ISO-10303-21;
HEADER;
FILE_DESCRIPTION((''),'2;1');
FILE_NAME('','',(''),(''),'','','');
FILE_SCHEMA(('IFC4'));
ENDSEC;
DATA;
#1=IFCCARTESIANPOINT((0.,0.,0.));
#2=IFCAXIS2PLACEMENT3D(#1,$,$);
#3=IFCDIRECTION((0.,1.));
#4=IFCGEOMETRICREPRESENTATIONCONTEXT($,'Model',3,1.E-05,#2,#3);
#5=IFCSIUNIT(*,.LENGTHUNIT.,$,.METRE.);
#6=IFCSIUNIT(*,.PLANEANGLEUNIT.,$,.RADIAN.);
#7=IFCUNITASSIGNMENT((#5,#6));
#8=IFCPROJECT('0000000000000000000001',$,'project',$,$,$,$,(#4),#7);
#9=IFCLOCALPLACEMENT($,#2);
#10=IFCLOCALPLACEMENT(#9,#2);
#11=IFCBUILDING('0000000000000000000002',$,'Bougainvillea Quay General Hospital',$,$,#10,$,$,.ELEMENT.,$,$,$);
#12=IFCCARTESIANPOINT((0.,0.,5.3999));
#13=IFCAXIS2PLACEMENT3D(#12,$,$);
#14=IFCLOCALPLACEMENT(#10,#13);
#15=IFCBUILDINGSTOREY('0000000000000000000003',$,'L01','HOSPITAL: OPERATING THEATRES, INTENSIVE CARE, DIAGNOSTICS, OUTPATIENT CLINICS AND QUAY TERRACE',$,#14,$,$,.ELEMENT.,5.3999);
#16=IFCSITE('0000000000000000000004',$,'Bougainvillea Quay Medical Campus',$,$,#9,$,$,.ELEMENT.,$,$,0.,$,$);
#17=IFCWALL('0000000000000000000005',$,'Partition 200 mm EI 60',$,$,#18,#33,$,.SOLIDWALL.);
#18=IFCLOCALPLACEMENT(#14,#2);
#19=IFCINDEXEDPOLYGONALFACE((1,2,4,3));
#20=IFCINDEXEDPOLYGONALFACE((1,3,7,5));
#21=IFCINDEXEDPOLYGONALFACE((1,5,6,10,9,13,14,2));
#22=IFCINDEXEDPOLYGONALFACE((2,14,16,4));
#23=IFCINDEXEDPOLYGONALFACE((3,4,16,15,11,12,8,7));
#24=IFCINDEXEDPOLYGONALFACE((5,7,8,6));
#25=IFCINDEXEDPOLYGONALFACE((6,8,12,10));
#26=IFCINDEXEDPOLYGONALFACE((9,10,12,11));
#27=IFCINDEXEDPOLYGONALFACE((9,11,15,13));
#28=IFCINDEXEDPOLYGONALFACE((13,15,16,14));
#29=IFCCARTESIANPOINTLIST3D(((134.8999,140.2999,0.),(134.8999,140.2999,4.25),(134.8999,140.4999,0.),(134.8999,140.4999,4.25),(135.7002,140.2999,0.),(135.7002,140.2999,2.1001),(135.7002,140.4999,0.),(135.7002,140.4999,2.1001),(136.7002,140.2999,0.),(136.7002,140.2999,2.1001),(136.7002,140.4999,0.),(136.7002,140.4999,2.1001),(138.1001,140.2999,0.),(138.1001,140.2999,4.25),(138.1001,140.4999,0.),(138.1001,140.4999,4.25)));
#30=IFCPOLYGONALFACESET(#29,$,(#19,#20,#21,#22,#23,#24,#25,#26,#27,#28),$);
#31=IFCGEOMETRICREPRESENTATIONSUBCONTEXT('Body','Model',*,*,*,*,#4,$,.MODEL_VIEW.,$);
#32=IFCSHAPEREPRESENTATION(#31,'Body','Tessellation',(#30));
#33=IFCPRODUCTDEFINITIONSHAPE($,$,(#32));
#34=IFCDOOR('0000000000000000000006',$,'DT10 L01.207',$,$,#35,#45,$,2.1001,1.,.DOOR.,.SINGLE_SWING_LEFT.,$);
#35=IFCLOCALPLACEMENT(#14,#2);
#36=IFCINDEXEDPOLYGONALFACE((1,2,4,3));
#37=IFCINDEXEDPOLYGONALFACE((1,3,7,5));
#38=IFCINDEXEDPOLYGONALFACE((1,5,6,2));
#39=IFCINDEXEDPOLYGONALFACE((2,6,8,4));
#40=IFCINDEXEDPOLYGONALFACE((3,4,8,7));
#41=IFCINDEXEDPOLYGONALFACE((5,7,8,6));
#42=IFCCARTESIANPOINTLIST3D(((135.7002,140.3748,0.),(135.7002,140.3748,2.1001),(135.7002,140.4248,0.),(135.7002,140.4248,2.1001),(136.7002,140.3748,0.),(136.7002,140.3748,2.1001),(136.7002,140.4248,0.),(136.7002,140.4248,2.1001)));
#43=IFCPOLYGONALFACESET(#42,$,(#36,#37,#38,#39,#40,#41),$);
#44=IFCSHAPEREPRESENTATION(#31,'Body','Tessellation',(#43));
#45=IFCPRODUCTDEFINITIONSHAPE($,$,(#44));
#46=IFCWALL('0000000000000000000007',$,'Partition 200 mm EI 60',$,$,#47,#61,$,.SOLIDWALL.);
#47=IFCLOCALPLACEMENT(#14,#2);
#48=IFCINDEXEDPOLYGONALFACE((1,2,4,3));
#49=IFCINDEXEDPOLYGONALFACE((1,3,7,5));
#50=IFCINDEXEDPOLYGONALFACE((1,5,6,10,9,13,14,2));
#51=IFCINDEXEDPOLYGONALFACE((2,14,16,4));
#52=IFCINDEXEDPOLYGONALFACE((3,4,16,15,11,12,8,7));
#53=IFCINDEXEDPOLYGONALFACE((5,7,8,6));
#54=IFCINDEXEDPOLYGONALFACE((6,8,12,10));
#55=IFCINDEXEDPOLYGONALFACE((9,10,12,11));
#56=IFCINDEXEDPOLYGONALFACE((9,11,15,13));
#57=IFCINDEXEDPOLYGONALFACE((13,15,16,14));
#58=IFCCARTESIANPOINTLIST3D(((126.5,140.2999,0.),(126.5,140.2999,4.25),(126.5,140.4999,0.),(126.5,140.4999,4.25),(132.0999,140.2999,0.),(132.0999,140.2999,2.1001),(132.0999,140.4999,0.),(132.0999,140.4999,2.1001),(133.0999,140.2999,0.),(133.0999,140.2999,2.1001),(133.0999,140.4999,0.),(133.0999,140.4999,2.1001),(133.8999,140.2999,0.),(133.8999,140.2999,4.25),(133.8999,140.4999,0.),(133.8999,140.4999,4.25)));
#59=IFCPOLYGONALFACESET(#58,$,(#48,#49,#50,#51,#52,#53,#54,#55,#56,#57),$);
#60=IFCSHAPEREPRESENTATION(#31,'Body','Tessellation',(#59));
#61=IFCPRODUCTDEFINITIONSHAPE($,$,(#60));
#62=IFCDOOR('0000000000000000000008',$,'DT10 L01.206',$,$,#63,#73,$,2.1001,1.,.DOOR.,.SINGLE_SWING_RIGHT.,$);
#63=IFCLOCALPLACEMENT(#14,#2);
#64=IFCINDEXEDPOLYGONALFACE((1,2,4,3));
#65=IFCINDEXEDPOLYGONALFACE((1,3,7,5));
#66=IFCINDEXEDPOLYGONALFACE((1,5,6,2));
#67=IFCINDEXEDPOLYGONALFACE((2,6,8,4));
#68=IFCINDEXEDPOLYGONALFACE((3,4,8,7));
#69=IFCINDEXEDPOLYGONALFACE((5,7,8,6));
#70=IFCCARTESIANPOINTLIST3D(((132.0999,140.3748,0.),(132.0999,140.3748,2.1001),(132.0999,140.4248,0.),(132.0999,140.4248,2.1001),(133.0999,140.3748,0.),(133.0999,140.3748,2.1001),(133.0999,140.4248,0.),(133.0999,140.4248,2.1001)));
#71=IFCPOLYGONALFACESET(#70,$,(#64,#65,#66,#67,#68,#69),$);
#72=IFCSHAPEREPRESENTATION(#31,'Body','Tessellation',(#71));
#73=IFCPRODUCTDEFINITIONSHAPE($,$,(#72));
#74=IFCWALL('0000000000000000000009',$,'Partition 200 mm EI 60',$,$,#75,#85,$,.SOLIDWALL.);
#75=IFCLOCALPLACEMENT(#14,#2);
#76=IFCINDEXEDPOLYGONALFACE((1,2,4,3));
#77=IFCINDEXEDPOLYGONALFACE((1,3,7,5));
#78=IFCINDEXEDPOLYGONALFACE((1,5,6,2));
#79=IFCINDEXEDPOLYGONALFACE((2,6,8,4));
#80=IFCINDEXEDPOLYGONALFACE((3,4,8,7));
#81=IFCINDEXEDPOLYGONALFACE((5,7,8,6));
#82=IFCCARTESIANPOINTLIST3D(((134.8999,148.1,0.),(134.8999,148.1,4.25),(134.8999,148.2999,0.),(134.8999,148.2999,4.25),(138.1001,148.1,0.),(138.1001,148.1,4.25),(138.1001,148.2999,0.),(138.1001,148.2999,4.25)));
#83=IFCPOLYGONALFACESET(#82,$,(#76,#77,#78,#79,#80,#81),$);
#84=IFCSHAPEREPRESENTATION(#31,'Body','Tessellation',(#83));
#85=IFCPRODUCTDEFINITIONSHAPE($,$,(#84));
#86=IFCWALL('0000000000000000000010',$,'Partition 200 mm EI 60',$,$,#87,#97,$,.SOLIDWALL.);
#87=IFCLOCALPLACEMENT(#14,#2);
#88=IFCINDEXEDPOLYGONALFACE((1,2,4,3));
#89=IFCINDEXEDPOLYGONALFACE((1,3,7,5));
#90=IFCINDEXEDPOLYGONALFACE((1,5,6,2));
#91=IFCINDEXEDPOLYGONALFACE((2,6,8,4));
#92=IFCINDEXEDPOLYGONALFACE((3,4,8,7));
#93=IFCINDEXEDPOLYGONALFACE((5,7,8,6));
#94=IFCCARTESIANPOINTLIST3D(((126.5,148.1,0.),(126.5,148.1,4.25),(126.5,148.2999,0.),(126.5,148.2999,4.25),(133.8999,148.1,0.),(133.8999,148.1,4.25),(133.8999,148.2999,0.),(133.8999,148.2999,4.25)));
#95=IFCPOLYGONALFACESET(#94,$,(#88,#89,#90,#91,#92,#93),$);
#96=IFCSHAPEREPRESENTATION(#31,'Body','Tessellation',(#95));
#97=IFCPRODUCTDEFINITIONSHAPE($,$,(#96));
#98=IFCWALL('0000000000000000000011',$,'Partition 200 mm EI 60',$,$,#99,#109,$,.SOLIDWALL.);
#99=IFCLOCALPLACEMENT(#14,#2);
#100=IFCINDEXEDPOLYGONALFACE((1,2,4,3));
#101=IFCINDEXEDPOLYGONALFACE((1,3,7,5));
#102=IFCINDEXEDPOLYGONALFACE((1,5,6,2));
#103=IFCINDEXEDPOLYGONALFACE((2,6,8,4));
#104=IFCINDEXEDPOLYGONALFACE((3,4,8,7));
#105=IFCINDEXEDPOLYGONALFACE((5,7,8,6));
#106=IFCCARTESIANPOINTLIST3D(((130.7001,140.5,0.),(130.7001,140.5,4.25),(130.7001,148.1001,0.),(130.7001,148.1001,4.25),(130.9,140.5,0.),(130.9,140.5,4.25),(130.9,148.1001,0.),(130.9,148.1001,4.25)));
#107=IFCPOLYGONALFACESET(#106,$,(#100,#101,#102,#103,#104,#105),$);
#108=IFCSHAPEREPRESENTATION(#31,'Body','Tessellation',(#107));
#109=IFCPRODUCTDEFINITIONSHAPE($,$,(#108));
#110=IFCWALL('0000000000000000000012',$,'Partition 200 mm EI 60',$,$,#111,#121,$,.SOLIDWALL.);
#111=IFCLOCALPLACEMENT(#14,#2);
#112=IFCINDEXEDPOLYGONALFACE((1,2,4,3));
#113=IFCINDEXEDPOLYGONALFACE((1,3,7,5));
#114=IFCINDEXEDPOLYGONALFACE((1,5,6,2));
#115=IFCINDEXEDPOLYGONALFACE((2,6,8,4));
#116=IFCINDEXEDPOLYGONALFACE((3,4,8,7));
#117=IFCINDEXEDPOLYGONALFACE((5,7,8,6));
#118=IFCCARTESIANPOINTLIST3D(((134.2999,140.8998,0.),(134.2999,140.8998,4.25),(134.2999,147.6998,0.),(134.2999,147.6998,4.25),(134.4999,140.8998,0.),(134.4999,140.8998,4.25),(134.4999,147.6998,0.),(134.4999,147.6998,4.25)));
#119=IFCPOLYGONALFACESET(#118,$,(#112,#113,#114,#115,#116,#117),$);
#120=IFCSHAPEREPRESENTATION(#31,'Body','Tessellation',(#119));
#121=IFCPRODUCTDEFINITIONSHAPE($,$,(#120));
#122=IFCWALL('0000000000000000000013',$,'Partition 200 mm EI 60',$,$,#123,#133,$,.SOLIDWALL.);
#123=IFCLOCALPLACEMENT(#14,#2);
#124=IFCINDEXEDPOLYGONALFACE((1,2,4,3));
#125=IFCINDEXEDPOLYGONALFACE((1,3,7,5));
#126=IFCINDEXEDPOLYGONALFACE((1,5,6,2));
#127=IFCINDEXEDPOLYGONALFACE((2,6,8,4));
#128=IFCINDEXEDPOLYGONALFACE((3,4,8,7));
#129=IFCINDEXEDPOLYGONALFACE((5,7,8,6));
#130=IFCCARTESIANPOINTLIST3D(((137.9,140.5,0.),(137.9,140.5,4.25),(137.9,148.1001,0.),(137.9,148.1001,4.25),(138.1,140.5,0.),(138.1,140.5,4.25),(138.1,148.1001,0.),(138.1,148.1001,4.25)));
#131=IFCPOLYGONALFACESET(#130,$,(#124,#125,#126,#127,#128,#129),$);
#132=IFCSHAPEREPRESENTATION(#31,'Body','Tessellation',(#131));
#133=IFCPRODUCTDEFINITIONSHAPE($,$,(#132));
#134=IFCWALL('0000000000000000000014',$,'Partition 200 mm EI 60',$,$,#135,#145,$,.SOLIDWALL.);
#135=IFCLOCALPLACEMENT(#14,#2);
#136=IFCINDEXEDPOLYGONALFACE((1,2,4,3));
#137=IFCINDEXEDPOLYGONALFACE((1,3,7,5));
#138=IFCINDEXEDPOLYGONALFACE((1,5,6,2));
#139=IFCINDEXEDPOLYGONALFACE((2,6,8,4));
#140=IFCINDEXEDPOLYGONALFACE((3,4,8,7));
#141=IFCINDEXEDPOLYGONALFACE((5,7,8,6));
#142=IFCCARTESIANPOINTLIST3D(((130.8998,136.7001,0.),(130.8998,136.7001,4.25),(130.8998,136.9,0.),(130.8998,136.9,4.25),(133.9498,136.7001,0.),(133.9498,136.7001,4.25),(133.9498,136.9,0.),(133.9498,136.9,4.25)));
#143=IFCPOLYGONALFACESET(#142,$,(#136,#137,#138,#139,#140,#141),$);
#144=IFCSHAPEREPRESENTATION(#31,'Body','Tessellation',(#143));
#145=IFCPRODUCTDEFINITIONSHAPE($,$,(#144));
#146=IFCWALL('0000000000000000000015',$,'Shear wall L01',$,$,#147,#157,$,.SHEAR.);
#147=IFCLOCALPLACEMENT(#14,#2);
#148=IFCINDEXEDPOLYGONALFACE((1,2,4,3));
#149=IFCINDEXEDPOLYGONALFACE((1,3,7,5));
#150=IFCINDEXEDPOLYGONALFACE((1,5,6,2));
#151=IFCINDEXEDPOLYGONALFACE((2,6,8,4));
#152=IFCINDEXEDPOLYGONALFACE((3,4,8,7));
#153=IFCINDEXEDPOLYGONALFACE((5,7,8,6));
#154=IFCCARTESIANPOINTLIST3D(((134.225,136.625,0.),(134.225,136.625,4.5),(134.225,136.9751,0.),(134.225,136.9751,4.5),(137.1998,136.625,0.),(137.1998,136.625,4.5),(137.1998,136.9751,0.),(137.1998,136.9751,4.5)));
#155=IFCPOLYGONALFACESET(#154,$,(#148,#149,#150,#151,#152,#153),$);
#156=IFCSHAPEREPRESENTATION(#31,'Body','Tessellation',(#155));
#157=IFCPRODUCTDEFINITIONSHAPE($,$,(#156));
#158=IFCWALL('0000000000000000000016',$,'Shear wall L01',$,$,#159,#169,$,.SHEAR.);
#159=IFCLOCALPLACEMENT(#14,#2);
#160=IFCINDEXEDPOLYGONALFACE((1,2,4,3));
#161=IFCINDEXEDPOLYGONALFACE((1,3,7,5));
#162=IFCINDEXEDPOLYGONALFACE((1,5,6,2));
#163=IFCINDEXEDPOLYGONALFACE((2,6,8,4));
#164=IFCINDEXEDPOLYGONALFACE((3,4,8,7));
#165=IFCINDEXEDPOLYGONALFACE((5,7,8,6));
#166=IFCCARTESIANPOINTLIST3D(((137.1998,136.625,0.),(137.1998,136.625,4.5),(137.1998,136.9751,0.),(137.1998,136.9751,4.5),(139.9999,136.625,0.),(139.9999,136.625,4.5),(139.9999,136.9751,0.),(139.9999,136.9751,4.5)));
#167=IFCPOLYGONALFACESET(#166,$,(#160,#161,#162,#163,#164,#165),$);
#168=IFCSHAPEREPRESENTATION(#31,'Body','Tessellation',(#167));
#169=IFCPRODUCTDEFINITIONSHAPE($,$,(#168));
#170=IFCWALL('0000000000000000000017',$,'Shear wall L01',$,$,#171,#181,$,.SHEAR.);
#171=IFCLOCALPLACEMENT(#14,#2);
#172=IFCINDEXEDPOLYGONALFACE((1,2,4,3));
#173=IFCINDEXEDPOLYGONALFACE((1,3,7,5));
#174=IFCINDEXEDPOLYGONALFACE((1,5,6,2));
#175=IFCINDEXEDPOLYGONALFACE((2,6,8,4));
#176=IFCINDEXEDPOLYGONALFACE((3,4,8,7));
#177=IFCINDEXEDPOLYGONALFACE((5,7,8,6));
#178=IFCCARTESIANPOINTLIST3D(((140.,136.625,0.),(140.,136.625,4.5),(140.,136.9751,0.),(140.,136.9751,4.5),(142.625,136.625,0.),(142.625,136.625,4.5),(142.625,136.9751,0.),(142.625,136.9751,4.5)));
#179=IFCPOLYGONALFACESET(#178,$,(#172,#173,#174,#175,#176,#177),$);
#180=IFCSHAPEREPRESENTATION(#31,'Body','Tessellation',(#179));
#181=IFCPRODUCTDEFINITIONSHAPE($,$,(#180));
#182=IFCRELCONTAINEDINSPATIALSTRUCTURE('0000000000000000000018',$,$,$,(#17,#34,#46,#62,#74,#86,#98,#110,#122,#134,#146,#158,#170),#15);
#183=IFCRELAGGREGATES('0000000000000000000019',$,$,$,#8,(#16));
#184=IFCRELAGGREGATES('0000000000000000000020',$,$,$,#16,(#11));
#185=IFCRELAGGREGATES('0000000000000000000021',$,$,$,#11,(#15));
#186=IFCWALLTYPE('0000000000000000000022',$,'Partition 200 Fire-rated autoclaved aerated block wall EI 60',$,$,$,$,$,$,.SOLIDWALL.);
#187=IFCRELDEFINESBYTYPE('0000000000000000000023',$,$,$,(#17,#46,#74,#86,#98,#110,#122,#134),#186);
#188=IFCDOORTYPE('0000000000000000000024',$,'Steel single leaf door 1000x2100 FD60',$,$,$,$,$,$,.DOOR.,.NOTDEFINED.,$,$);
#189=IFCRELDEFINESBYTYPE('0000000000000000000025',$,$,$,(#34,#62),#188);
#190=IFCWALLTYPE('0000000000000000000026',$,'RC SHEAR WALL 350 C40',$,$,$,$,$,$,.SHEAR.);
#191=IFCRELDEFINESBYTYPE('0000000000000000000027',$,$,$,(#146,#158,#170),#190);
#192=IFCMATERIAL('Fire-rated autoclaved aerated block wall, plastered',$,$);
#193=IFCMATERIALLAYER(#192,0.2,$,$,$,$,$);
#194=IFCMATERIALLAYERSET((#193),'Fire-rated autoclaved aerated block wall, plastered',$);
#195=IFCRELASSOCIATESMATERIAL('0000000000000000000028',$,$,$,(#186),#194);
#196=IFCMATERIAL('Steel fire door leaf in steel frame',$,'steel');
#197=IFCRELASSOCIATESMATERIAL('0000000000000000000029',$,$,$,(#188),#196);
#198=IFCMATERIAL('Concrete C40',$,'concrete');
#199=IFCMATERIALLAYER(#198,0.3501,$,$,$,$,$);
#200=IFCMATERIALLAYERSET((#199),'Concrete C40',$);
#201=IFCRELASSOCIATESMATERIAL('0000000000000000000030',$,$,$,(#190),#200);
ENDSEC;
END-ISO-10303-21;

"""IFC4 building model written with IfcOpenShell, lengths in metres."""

from ifc_helpers import new_model, si_unit, direction, frame, frame_2d, origin, place, context, subcontext, project, spatial, rectangle, extrude, material, layer, layer_set, type_object, element, fill, save


model = new_model("IFC4")

# Units and contexts
model_context = context("Model", 3, precision=1e-05, world=origin(), true_north=direction((0.0, 1.0)))
body_context = subcontext(model_context, "Body", "Model", "MODEL_VIEW")
ifc_project = project(units=[si_unit("LENGTHUNIT", "METRE"), si_unit("PLANEANGLEUNIT", "RADIAN")], contexts=[model_context])

# Site, building, storey
site_placement = place(None, origin())
site = spatial("IfcSite", under=ifc_project, at=site_placement, Name="Bougainvillea Quay Medical Campus", CompositionType="ELEMENT", RefElevation=0.0)
building_placement = place(site_placement, origin())
building = spatial("IfcBuilding", under=site, at=building_placement, Name="Bougainvillea Quay General Hospital", CompositionType="ELEMENT")
storey_placement = place(building_placement, frame((0.0, 0.0, 5.3999)))
storey = spatial("IfcBuildingStorey", under=building, at=storey_placement, Name="L01", Description="HOSPITAL: OPERATING THEATRES, INTENSIVE CARE, DIAGNOSTICS, OUTPATIENT CLINICS AND QUAY TERRACE", CompositionType="ELEMENT", Elevation=5.3999)

# Walls, openings, doors
ifc_material_1 = material(Name="Fire-rated autoclaved aerated block wall, plastered")
ifc_layer_1 = layer(ifc_material_1, 0.2)
ifc_layer_set_1 = layer_set([ifc_layer_1], Name="Fire-rated autoclaved aerated block wall, plastered")
wall_type_1 = type_object("IfcWallType", Name="Partition 200 Fire-rated autoclaved aerated block wall EI 60", PredefinedType="SOLIDWALL", material=ifc_layer_set_1)
wall_1_placement = place(storey_placement, frame((138.1001, 140.3999, 0.0), z_axis=(0.0, 0.0, 1.0), x_axis=(-1.0, 0.0, 0.0)))
wall_1 = element("IfcWall", 1, at=wall_1_placement, inside=storey, type_object=wall_type_1, Name="Partition 200 mm EI 60", PredefinedType="SOLIDWALL", context=body_context, shape_type="SweptSolid", body=[
    extrude(rectangle(XDim=3.2002, YDim=0.2, at=frame_2d((1.6001, 0.0))), origin(), (0.0, 0.0, 1.0), 4.25),
])
opening_1_placement = place(wall_1_placement, frame((1.3999, 0.0, 0.0)))
opening_1 = element("IfcOpeningElement", 2, at=opening_1_placement, cuts=wall_1, PredefinedType="OPENING", context=body_context, shape_type="SweptSolid", body=[
    extrude(rectangle(XDim=1.0, YDim=2.1001, at=frame_2d((0.5, 1.05))), frame((0.0, 0.1099, 0.0), z_axis=(0.0, -1.0, 0.0), x_axis=(1.0, 0.0, 0.0)), (0.0, 0.0, 1.0), 0.22),
])
ifc_material_2 = material(Name="Steel fire door leaf in steel frame", Category="steel")
door_type_1 = type_object("IfcDoorType", Name="Steel single leaf door 1000x2100 FD60", OperationType="NOTDEFINED", PredefinedType="DOOR", material=ifc_material_2)
door_1_placement = place(opening_1_placement, frame((1.0, 0.0, 0.0), z_axis=(0.0, 0.0, 1.0), x_axis=(-1.0, 0.0, 0.0)))
door_1 = element("IfcDoor", 3, at=door_1_placement, inside=storey, type_object=door_type_1, Name="DT10 L01.207", OperationType="SINGLE_SWING_LEFT", OverallHeight=2.1001, OverallWidth=1.0, PredefinedType="DOOR", context=body_context, shape_type="SweptSolid", body=[
    extrude(rectangle(XDim=1.0, YDim=2.1001, at=frame_2d((0.5, 1.05))), frame((0.0, 0.0249, 0.0), z_axis=(0.0, -1.0, 0.0), x_axis=(1.0, 0.0, 0.0)), (0.0, 0.0, 1.0), 0.05),
])
fill(opening_1, door_1)
wall_2_placement = place(storey_placement, frame((133.8999, 140.3999, 0.0), z_axis=(0.0, 0.0, 1.0), x_axis=(-1.0, 0.0, 0.0)))
wall_2 = element("IfcWall", 4, at=wall_2_placement, inside=storey, type_object=wall_type_1, Name="Partition 200 mm EI 60", PredefinedType="SOLIDWALL", context=body_context, shape_type="SweptSolid", body=[
    extrude(rectangle(XDim=7.3999, YDim=0.2, at=frame_2d((3.7, 0.0))), origin(), (0.0, 0.0, 1.0), 4.25),
])
opening_2_placement = place(wall_2_placement, frame((0.8, 0.0, 0.0)))
opening_2 = element("IfcOpeningElement", 5, at=opening_2_placement, cuts=wall_2, PredefinedType="OPENING", context=body_context, shape_type="SweptSolid", body=[
    extrude(rectangle(XDim=1.0, YDim=2.1001, at=frame_2d((0.5, 1.05))), frame((0.0, 0.1099, 0.0), z_axis=(0.0, -1.0, 0.0), x_axis=(1.0, 0.0, 0.0)), (0.0, 0.0, 1.0), 0.22),
])
door_2_placement = place(opening_2_placement, frame((1.0, 0.0, 0.0), z_axis=(0.0, 0.0, 1.0), x_axis=(-1.0, 0.0, 0.0)))
door_2 = element("IfcDoor", 6, at=door_2_placement, inside=storey, type_object=door_type_1, Name="DT10 L01.206", OperationType="SINGLE_SWING_RIGHT", OverallHeight=2.1001, OverallWidth=1.0, PredefinedType="DOOR", context=body_context, shape_type="SweptSolid", body=[
    extrude(rectangle(XDim=1.0, YDim=2.1001, at=frame_2d((0.5, 1.05))), frame((0.0, 0.0249, 0.0), z_axis=(0.0, -1.0, 0.0), x_axis=(1.0, 0.0, 0.0)), (0.0, 0.0, 1.0), 0.05),
])
fill(opening_2, door_2)

# Walls
wall_3_placement = place(storey_placement, frame((138.1001, 148.2, 0.0), z_axis=(0.0, 0.0, 1.0), x_axis=(-1.0, 0.0, 0.0)))
element("IfcWall", 7, at=wall_3_placement, inside=storey, type_object=wall_type_1, Name="Partition 200 mm EI 60", PredefinedType="SOLIDWALL", context=body_context, shape_type="SweptSolid", body=[
    extrude(rectangle(XDim=3.2002, YDim=0.2, at=frame_2d((1.6001, 0.0))), origin(), (0.0, 0.0, 1.0), 4.25),
])
wall_4_placement = place(storey_placement, frame((133.8999, 148.2, 0.0), z_axis=(0.0, 0.0, 1.0), x_axis=(-1.0, 0.0, 0.0)))
element("IfcWall", 8, at=wall_4_placement, inside=storey, type_object=wall_type_1, Name="Partition 200 mm EI 60", PredefinedType="SOLIDWALL", context=body_context, shape_type="SweptSolid", body=[
    extrude(rectangle(XDim=7.3999, YDim=0.2, at=frame_2d((3.7, 0.0))), origin(), (0.0, 0.0, 1.0), 4.25),
])
wall_5_placement = place(storey_placement, frame((130.8, 140.5, 0.0), z_axis=(0.0, 0.0, 1.0), x_axis=(0.0, 1.0, 0.0)))
element("IfcWall", 9, at=wall_5_placement, inside=storey, type_object=wall_type_1, Name="Partition 200 mm EI 60", PredefinedType="SOLIDWALL", context=body_context, shape_type="SweptSolid", body=[
    extrude(rectangle(XDim=7.6001, YDim=0.2, at=frame_2d((3.8, 0.0))), origin(), (0.0, 0.0, 1.0), 4.25),
])
wall_6_placement = place(storey_placement, frame((134.3999, 140.8999, 0.0), z_axis=(0.0, 0.0, 1.0), x_axis=(0.0, 1.0, 0.0)))
element("IfcWall", 10, at=wall_6_placement, inside=storey, type_object=wall_type_1, Name="Partition 200 mm EI 60", PredefinedType="SOLIDWALL", context=body_context, shape_type="SweptSolid", body=[
    extrude(rectangle(XDim=6.8, YDim=0.2, at=frame_2d((3.3999, 0.0))), origin(), (0.0, 0.0, 1.0), 4.25),
])
wall_7_placement = place(storey_placement, frame((138.0, 140.5, 0.0), z_axis=(0.0, 0.0, 1.0), x_axis=(0.0, 1.0, 0.0)))
element("IfcWall", 11, at=wall_7_placement, inside=storey, type_object=wall_type_1, Name="Partition 200 mm EI 60", PredefinedType="SOLIDWALL", context=body_context, shape_type="SweptSolid", body=[
    extrude(rectangle(XDim=7.6001, YDim=0.2, at=frame_2d((3.8, 0.0))), origin(), (0.0, 0.0, 1.0), 4.25),
])
wall_8_placement = place(storey_placement, frame((130.8999, 136.8, 0.0), z_axis=(0.0, 0.0, 1.0), x_axis=(1.0, 0.0, 0.0)))
element("IfcWall", 12, at=wall_8_placement, inside=storey, type_object=wall_type_1, Name="Partition 200 mm EI 60", PredefinedType="SOLIDWALL", context=body_context, shape_type="SweptSolid", body=[
    extrude(rectangle(XDim=3.05, YDim=0.2, at=frame_2d((1.5249, 0.0))), origin(), (0.0, 0.0, 1.0), 4.25),
])
ifc_material_3 = material(Name="Concrete C40", Category="concrete")
ifc_layer_2 = layer(ifc_material_3, 0.3501)
ifc_layer_set_2 = layer_set([ifc_layer_2], Name="Concrete C40")
wall_type_2 = type_object("IfcWallType", Name="RC SHEAR WALL 350 C40", PredefinedType="SHEAR", material=ifc_layer_set_2)
wall_9_placement = place(storey_placement, frame((134.2251, 136.8, 0.0), z_axis=(0.0, 0.0, 1.0), x_axis=(1.0, 0.0, 0.0)))
element("IfcWall", 13, at=wall_9_placement, inside=storey, type_object=wall_type_2, Name="Shear wall L01", PredefinedType="SHEAR", context=body_context, shape_type="SweptSolid", body=[
    extrude(rectangle(XDim=2.9749, YDim=0.3501, at=frame_2d((1.4873, 0.0))), origin(), (0.0, 0.0, 1.0), 4.5),
])
wall_10_placement = place(storey_placement, frame((137.2, 136.8, 0.0), z_axis=(0.0, 0.0, 1.0), x_axis=(1.0, 0.0, 0.0)))
element("IfcWall", 14, at=wall_10_placement, inside=storey, type_object=wall_type_2, Name="Shear wall L01", PredefinedType="SHEAR", context=body_context, shape_type="SweptSolid", body=[
    extrude(rectangle(XDim=2.8, YDim=0.3501, at=frame_2d((1.3999, 0.0))), origin(), (0.0, 0.0, 1.0), 4.5),
])
wall_11_placement = place(storey_placement, frame((140.0, 136.8, 0.0), z_axis=(0.0, 0.0, 1.0), x_axis=(1.0, 0.0, 0.0)))
element("IfcWall", 15, at=wall_11_placement, inside=storey, type_object=wall_type_2, Name="Shear wall L01", PredefinedType="SHEAR", context=body_context, shape_type="SweptSolid", body=[
    extrude(rectangle(XDim=2.625, YDim=0.3501, at=frame_2d((1.3125, 0.0))), origin(), (0.0, 0.0, 1.0), 4.5),
])

save(model, "model.ifc")
